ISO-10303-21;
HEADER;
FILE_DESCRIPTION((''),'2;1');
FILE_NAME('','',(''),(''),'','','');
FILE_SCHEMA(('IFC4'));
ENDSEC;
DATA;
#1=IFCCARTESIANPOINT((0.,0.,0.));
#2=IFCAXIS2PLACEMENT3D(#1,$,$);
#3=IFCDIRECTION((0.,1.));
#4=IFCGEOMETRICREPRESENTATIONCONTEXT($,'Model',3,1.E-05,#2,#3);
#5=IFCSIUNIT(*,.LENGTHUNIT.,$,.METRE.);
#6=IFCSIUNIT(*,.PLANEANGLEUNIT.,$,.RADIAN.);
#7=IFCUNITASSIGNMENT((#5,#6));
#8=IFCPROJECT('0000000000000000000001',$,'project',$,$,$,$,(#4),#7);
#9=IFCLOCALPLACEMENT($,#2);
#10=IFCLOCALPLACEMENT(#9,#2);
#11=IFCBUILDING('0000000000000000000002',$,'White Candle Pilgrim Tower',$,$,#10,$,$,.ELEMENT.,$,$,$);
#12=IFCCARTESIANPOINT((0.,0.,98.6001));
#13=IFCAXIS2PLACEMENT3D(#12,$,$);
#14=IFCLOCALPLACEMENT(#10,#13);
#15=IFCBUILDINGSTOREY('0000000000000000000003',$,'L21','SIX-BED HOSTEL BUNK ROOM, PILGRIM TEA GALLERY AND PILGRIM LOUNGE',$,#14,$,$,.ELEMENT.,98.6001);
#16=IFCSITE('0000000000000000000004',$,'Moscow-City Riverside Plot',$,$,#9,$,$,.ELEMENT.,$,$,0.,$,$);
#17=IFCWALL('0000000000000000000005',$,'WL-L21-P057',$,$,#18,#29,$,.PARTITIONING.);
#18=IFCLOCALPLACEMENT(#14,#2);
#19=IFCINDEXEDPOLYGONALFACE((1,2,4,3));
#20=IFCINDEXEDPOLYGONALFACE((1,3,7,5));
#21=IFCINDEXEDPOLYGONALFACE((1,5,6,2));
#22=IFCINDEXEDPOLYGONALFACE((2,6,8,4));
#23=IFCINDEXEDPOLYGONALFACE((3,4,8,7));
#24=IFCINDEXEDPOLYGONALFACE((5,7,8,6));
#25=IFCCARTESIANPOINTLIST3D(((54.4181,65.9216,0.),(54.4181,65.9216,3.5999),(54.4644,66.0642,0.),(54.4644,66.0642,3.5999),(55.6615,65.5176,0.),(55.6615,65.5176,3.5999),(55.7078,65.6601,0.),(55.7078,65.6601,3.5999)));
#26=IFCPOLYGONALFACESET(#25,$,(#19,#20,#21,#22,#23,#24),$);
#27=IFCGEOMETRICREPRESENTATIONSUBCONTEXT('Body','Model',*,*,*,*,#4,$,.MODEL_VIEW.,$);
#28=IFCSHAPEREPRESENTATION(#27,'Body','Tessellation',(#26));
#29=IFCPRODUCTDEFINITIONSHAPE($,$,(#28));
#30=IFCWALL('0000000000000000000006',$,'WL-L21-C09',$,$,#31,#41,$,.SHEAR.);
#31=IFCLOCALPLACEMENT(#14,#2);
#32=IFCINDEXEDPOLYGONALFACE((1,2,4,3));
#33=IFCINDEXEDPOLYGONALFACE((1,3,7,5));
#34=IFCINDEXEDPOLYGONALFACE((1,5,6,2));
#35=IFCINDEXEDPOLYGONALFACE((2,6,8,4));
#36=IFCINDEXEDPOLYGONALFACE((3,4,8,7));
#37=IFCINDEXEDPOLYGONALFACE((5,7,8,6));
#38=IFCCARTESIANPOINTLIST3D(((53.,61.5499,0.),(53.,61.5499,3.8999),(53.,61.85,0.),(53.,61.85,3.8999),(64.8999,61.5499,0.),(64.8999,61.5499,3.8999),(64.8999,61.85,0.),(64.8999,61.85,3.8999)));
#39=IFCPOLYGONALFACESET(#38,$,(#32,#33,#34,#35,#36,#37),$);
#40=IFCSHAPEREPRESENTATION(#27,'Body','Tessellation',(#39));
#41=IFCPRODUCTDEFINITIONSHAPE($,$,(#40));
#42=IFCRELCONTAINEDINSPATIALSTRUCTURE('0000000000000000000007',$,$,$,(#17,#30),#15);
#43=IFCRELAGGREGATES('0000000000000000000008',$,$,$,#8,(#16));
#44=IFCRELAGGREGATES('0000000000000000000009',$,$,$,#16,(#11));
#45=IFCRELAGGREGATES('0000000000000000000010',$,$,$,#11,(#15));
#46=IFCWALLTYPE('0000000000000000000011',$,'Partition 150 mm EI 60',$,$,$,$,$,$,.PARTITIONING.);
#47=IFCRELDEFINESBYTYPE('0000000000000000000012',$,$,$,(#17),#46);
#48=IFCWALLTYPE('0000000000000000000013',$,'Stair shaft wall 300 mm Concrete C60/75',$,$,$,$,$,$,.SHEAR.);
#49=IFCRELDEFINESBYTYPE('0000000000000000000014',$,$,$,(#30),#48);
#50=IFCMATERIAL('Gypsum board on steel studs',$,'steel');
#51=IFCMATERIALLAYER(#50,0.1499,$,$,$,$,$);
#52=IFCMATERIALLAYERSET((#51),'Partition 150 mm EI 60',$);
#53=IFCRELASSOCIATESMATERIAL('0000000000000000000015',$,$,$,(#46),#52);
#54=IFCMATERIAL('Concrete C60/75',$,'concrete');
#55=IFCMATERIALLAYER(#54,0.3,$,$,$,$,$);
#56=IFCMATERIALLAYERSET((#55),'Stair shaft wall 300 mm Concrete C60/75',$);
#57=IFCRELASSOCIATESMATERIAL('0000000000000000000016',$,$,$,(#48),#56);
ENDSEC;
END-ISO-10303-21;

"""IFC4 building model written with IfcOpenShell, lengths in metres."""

from ifc_helpers import new_model, si_unit, direction, frame, frame_2d, origin, place, context, subcontext, project, spatial, rectangle, extrude, material, layer, layer_set, type_object, element, save


model = new_model("IFC4")

# Units and contexts
model_context = context("Model", 3, precision=1e-05, world=origin(), true_north=direction((0.0, 1.0)))
body_context = subcontext(model_context, "Body", "Model", "MODEL_VIEW")
ifc_project = project(units=[si_unit("LENGTHUNIT", "METRE"), si_unit("PLANEANGLEUNIT", "RADIAN")], contexts=[model_context])

# Site, building, storey
site_placement = place(None, origin())
site = spatial("IfcSite", under=ifc_project, at=site_placement, Name="Moscow-City Riverside Plot", CompositionType="ELEMENT", RefElevation=0.0)
building_placement = place(site_placement, origin())
building = spatial("IfcBuilding", under=site, at=building_placement, Name="White Candle Pilgrim Tower", CompositionType="ELEMENT")
storey_placement = place(building_placement, frame((0.0, 0.0, 98.6001)))
storey = spatial("IfcBuildingStorey", under=building, at=storey_placement, Name="L21", Description="SIX-BED HOSTEL BUNK ROOM, PILGRIM TEA GALLERY AND PILGRIM LOUNGE", CompositionType="ELEMENT", Elevation=98.6001)

# Shared definitions
ifc_material_1 = material(Name="Gypsum board on steel studs", Category="steel")

# Walls
ifc_layer_1 = layer(ifc_material_1, 0.1499)
ifc_layer_set_1 = layer_set([ifc_layer_1], Name="Partition 150 mm EI 60")
wall_type_1 = type_object("IfcWallType", Name="Partition 150 mm EI 60", PredefinedType="PARTITIONING", material=ifc_layer_set_1)
wall_1_placement = place(storey_placement, frame((54.4412, 65.9929, 0.0), z_axis=(0.0, 0.0, 1.0), x_axis=(0.951046, -0.309048, 0.0)))
element("IfcWall", 1, at=wall_1_placement, inside=storey, type_object=wall_type_1, Name="WL-L21-P057", PredefinedType="PARTITIONING", context=body_context, shape_type="SweptSolid", body=[
    extrude(rectangle(XDim=1.3074, YDim=0.1499, at=frame_2d((0.6538, 0.0))), origin(), (0.0, 0.0, 1.0), 3.5999),
])
ifc_material_2 = material(Name="Concrete C60/75", Category="concrete")
ifc_layer_2 = layer(ifc_material_2, 0.3)
ifc_layer_set_2 = layer_set([ifc_layer_2], Name="Stair shaft wall 300 mm Concrete C60/75")
wall_type_2 = type_object("IfcWallType", Name="Stair shaft wall 300 mm Concrete C60/75", PredefinedType="SHEAR", material=ifc_layer_set_2)
wall_2_placement = place(storey_placement, frame((53.0, 61.7, 0.0), z_axis=(0.0, 0.0, 1.0), x_axis=(1.0, 0.0, 0.0)))
element("IfcWall", 2, at=wall_2_placement, inside=storey, type_object=wall_type_2, Name="WL-L21-C09", PredefinedType="SHEAR", context=body_context, shape_type="SweptSolid", body=[
    extrude(rectangle(XDim=11.8999, YDim=0.3, at=frame_2d((5.95, 0.0))), origin(), (0.0, 0.0, 1.0), 3.8999),
])

save(model, "model.ifc")
